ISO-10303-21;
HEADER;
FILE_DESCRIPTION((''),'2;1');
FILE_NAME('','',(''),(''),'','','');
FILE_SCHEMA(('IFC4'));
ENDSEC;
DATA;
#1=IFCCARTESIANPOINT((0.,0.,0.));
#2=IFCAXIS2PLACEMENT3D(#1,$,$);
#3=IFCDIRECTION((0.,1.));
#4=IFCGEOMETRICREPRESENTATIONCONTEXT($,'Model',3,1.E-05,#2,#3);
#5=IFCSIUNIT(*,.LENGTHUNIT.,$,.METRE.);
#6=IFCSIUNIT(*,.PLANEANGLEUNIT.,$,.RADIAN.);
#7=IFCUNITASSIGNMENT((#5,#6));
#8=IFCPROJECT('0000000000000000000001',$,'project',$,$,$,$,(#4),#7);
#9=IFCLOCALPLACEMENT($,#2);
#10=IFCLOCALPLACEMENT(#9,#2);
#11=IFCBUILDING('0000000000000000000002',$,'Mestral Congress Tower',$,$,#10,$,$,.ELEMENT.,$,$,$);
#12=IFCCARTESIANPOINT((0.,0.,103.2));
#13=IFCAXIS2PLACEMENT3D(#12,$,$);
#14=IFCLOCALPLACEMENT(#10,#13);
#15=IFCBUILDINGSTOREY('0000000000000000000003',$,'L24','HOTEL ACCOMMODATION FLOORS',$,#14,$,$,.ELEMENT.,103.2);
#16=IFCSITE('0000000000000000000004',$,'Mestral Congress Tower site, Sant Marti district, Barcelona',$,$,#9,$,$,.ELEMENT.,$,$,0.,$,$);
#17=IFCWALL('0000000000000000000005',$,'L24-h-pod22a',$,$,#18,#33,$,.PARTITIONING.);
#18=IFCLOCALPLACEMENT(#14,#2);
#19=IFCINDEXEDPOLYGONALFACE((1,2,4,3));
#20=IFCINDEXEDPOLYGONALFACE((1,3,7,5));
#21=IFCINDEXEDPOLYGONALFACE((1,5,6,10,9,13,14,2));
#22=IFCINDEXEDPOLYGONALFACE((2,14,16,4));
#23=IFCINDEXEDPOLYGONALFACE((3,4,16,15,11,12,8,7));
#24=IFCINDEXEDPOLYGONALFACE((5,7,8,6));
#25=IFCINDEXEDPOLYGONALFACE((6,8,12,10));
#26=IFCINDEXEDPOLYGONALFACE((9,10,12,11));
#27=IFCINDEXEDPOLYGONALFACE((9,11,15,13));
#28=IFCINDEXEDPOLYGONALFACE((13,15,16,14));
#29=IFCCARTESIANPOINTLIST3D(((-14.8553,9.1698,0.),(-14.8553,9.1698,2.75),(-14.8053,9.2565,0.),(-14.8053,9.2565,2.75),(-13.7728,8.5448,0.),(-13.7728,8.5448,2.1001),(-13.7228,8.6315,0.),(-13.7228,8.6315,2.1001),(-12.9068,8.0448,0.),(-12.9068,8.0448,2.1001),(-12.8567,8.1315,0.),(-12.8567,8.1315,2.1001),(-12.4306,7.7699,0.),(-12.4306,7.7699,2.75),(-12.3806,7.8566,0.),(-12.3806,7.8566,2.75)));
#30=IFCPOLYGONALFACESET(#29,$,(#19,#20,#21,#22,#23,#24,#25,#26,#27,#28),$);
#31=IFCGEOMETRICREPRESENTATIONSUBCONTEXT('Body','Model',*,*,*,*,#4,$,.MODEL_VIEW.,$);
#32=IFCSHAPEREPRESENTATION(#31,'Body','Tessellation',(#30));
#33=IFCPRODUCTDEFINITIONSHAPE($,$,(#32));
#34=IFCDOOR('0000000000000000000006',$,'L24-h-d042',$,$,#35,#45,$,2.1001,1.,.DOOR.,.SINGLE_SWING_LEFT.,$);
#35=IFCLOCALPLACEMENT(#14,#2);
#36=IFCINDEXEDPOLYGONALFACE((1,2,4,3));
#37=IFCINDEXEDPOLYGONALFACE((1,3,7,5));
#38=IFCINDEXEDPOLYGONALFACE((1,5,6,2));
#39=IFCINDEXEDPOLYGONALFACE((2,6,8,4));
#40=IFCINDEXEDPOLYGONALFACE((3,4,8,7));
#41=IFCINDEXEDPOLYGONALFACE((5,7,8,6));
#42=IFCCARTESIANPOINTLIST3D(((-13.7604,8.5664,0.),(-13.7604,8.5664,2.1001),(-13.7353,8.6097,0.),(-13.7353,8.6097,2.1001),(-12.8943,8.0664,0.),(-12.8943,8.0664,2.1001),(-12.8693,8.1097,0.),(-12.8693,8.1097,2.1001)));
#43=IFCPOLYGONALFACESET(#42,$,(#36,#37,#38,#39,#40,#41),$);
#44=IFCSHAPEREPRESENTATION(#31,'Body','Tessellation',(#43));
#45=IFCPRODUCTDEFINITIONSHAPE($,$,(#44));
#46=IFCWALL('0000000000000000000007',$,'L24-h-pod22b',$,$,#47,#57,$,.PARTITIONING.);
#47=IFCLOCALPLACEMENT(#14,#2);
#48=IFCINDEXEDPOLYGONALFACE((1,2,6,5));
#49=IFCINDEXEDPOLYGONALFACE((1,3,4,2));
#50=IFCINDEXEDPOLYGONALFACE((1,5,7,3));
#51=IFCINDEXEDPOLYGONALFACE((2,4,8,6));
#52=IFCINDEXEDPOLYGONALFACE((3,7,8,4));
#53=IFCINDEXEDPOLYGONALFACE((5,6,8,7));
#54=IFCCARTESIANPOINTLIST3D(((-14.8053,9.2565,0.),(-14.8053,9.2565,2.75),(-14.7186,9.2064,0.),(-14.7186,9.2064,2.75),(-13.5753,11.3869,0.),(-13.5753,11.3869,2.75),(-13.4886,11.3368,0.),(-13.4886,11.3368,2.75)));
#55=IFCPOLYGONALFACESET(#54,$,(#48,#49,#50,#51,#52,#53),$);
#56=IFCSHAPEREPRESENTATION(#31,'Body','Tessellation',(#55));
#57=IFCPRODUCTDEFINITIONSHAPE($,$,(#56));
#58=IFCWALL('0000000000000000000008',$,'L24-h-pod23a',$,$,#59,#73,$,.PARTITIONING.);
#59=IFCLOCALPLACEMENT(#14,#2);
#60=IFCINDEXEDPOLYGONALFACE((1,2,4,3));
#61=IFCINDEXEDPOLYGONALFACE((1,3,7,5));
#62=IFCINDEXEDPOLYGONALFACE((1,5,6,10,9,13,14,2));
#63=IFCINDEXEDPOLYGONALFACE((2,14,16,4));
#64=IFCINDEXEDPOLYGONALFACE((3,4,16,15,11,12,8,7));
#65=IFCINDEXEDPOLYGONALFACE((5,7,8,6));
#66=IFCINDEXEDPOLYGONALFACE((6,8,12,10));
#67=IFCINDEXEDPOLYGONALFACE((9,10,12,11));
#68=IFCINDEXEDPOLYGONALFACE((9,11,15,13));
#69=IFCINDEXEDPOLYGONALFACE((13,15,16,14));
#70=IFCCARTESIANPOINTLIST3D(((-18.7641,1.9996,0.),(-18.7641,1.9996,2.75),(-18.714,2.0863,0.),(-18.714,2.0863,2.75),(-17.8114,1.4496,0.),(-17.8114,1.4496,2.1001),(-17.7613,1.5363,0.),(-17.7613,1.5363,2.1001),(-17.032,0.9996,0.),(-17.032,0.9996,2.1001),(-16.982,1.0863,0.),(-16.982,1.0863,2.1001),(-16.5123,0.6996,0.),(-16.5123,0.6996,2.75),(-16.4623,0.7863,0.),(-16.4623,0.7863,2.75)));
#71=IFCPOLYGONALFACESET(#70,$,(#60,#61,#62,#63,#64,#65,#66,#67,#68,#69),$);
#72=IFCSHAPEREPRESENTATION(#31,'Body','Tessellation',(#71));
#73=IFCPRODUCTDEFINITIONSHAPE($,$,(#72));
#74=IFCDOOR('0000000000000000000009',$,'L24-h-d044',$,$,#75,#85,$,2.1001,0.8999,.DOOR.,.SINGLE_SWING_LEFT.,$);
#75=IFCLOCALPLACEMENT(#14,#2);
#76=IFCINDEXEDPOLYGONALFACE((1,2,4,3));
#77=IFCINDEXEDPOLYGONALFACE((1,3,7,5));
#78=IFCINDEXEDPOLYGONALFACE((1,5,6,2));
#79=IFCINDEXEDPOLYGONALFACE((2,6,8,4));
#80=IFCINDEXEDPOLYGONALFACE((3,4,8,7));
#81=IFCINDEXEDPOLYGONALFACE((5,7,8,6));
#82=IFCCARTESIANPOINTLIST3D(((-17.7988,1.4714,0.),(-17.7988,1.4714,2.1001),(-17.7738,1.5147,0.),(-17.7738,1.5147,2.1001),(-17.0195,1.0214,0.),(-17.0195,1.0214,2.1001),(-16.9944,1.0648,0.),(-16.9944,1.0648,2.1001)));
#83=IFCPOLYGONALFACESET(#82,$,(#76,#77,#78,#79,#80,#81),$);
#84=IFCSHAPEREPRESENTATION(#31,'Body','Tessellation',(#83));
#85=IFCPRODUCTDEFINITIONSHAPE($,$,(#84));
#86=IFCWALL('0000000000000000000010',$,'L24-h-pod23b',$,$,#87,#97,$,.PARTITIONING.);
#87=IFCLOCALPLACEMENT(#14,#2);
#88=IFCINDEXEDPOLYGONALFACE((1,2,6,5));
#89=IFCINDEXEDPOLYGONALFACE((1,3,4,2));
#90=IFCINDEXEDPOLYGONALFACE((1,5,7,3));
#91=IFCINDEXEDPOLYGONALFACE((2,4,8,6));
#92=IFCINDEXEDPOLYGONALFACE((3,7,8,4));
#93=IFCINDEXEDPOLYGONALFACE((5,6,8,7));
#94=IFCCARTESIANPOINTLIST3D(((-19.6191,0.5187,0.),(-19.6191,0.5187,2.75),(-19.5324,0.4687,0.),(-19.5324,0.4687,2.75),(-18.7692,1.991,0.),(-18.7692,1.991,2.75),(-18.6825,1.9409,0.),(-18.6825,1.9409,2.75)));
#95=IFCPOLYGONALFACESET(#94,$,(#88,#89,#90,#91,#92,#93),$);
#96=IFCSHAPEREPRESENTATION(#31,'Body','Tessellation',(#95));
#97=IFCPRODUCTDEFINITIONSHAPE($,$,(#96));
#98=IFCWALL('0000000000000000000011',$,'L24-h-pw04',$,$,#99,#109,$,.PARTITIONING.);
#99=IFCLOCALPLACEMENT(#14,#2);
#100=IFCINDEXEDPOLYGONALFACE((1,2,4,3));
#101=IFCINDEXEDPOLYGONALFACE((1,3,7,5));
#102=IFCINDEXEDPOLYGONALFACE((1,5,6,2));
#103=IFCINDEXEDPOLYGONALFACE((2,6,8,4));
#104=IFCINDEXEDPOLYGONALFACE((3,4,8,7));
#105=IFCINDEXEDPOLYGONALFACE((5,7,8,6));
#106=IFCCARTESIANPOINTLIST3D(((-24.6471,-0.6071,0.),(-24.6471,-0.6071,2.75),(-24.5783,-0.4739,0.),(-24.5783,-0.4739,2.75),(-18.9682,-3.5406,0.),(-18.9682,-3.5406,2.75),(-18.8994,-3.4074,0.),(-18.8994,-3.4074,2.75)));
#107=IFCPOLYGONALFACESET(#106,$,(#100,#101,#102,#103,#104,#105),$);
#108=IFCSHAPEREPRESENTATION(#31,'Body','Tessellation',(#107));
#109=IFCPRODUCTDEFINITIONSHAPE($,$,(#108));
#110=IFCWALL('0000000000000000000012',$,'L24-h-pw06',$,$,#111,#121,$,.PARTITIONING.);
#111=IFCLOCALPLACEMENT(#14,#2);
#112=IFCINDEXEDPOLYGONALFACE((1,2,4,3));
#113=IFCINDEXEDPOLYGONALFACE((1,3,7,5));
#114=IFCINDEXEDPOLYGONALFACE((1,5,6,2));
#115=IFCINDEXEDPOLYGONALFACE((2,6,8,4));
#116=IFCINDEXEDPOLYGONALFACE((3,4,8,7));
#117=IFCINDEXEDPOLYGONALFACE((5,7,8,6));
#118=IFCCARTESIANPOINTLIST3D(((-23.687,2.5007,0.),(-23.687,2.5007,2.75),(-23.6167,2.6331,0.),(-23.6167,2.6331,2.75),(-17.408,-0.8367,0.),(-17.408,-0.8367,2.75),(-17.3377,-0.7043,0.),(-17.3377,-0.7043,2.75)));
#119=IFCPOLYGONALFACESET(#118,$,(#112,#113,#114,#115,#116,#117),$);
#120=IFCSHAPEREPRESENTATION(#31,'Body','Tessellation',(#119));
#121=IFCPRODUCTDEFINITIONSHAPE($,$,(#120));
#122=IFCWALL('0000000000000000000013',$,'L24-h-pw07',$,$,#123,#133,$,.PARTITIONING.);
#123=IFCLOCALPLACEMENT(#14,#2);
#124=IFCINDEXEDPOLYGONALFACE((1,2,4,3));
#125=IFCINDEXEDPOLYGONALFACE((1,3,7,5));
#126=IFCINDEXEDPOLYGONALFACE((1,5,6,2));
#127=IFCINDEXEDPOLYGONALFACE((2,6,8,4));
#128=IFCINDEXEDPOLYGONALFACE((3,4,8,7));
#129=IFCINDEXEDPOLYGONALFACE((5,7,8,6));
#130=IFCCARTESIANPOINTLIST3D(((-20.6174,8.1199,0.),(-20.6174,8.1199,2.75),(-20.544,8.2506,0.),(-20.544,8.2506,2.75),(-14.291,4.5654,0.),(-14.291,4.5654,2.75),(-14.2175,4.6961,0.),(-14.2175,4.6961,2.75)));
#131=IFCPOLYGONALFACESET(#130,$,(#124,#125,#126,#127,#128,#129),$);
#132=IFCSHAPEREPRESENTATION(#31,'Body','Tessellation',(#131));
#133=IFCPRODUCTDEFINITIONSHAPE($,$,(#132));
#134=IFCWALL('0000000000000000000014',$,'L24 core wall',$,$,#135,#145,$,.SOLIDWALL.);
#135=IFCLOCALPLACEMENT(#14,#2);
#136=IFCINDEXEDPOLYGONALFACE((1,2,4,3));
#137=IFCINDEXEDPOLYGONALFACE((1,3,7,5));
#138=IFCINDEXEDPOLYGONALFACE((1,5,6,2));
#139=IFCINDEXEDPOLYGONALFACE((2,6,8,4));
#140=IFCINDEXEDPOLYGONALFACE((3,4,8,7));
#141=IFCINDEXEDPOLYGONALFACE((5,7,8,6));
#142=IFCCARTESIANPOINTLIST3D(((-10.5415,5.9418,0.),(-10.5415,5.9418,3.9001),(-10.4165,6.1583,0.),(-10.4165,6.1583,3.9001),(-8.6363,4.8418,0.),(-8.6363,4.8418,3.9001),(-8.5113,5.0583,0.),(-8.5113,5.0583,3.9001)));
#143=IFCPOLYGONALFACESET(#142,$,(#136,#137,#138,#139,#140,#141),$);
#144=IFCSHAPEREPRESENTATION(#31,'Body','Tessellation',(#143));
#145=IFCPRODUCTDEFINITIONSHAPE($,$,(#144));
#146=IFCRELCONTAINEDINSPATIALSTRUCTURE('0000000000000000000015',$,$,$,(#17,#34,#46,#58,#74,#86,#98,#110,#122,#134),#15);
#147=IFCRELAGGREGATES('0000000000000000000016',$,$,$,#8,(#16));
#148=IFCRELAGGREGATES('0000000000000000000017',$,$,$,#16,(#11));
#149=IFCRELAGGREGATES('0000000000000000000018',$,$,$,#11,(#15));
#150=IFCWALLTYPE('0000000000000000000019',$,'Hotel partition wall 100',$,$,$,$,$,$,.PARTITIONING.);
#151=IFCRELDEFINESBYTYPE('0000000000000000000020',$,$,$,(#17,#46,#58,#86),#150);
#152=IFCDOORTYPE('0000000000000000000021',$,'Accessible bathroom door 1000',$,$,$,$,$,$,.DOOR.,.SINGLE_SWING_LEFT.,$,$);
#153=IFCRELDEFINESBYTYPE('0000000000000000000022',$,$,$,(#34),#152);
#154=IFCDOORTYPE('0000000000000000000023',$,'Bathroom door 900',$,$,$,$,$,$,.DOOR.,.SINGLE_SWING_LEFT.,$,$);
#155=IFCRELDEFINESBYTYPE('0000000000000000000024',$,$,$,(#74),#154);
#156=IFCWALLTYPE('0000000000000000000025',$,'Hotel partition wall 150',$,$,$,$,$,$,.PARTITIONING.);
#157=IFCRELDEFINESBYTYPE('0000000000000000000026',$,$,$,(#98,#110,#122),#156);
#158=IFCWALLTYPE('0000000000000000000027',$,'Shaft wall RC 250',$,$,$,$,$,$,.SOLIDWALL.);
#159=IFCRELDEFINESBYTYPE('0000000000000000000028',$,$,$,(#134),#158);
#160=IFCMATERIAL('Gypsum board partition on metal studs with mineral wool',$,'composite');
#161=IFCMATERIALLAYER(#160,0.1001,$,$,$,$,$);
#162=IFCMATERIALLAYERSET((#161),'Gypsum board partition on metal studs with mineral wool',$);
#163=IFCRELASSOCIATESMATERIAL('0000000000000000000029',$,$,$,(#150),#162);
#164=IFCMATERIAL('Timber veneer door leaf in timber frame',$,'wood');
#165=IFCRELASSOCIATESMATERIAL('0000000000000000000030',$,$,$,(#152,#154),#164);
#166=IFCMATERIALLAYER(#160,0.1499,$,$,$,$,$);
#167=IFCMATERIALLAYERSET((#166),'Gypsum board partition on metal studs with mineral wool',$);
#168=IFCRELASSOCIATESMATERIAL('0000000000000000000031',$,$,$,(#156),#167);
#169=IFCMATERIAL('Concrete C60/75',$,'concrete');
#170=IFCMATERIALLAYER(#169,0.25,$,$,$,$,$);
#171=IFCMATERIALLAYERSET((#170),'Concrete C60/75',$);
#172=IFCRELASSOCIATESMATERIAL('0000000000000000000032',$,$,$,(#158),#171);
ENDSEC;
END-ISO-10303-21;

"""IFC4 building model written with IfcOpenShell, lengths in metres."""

from ifc_helpers import new_model, si_unit, direction, frame, frame_2d, origin, place, context, subcontext, project, spatial, rectangle, extrude, material, layer, layer_set, type_object, element, fill, save


model = new_model("IFC4")

# Units and contexts
model_context = context("Model", 3, precision=1e-05, world=origin(), true_north=direction((0.0, 1.0)))
body_context = subcontext(model_context, "Body", "Model", "MODEL_VIEW")
ifc_project = project(units=[si_unit("LENGTHUNIT", "METRE"), si_unit("PLANEANGLEUNIT", "RADIAN")], contexts=[model_context])

# Site, building, storey
site_placement = place(None, origin())
site = spatial("IfcSite", under=ifc_project, at=site_placement, Name="Mestral Congress Tower site, Sant Marti district, Barcelona", CompositionType="ELEMENT", RefElevation=0.0)
building_placement = place(site_placement, origin())
building = spatial("IfcBuilding", under=site, at=building_placement, Name="Mestral Congress Tower", CompositionType="ELEMENT")
storey_placement = place(building_placement, frame((0.0, 0.0, 103.2)))
storey = spatial("IfcBuildingStorey", under=building, at=storey_placement, Name="L24", Description="HOTEL ACCOMMODATION FLOORS", CompositionType="ELEMENT", Elevation=103.2)

# Shared definitions
ifc_material_1 = material(Name="Concrete C60/75", Category="concrete")

# Wall, opening, door
ifc_material_2 = material(Name="Gypsum board partition on metal studs with mineral wool", Category="composite")
ifc_layer_1 = layer(ifc_material_2, 0.1001)
ifc_layer_set_1 = layer_set([ifc_layer_1], Name="Gypsum board partition on metal studs with mineral wool")
wall_type_1 = type_object("IfcWallType", Name="Hotel partition wall 100", PredefinedType="PARTITIONING", material=ifc_layer_set_1)
wall_1_placement = place(storey_placement, frame((-14.8303, 9.2131, 0.0), z_axis=(0.0, 0.0, 1.0), x_axis=(0.866035, -0.499984, 0.0)))
wall_1 = element("IfcWall", 1, at=wall_1_placement, inside=storey, type_object=wall_type_1, Name="L24-h-pod22a", PredefinedType="PARTITIONING", context=body_context, shape_type="SweptSolid", body=[
    extrude(rectangle(XDim=2.7998, YDim=0.1001, at=frame_2d((1.3999, 0.0))), origin(), (0.0, 0.0, 1.0), 2.75),
])
opening_1_placement = place(wall_1_placement, frame((1.25, 0.0, 0.0)))
opening_1 = element("IfcOpeningElement", 2, at=opening_1_placement, cuts=wall_1, PredefinedType="OPENING", context=body_context, shape_type="SweptSolid", body=[
    extrude(rectangle(XDim=1.0, YDim=2.1001, at=frame_2d((0.5, 1.05))), frame((0.0, 0.0601, 0.0), z_axis=(0.0, -1.0, 0.0), x_axis=(1.0, 0.0, 0.0)), (0.0, 0.0, 1.0), 0.1201),
])
ifc_material_3 = material(Name="Timber veneer door leaf in timber frame", Category="wood")
door_type_1 = type_object("IfcDoorType", Name="Accessible bathroom door 1000", OperationType="SINGLE_SWING_LEFT", PredefinedType="DOOR", material=ifc_material_3)
door_1_placement = place(opening_1_placement, origin())
door_1 = element("IfcDoor", 3, at=door_1_placement, inside=storey, type_object=door_type_1, Name="L24-h-d042", OperationType="SINGLE_SWING_LEFT", OverallHeight=2.1001, OverallWidth=1.0, PredefinedType="DOOR", context=body_context, shape_type="SweptSolid", body=[
    extrude(rectangle(XDim=1.0, YDim=2.1001, at=frame_2d((0.5, 1.05))), frame((0.0, 0.0249, 0.0), z_axis=(0.0, -1.0, 0.0), x_axis=(1.0, 0.0, 0.0)), (0.0, 0.0, 1.0), 0.05),
])
fill(opening_1, door_1)

# Wall
wall_2_placement = place(storey_placement, frame((-14.762, 9.2314, 0.0), z_axis=(0.0, 0.0, 1.0), x_axis=(0.500003, 0.866024, 0.0)))
element("IfcWall", 4, at=wall_2_placement, inside=storey, type_object=wall_type_1, Name="L24-h-pod22b", PredefinedType="PARTITIONING", context=body_context, shape_type="SweptSolid", body=[
    extrude(rectangle(XDim=2.46, YDim=0.1001, at=frame_2d((1.23, 0.0))), origin(), (0.0, 0.0, 1.0), 2.75),
])

# Wall, opening, door
wall_3_placement = place(storey_placement, frame((-16.4873, 0.7429, 0.0), z_axis=(0.0, 0.0, 1.0), x_axis=(-0.866021, 0.500007, 0.0)))
wall_3 = element("IfcWall", 5, at=wall_3_placement, inside=storey, type_object=wall_type_1, Name="L24-h-pod23a", PredefinedType="PARTITIONING", context=body_context, shape_type="SweptSolid", body=[
    extrude(rectangle(XDim=2.6001, YDim=0.1001, at=frame_2d((1.3, 0.0))), origin(), (0.0, 0.0, 1.0), 2.75),
])
opening_2_placement = place(wall_3_placement, frame((0.6001, 0.0, 0.0)))
opening_2 = element("IfcOpeningElement", 6, at=opening_2_placement, cuts=wall_3, PredefinedType="OPENING", context=body_context, shape_type="SweptSolid", body=[
    extrude(rectangle(XDim=0.8999, YDim=2.1001, at=frame_2d((0.45, 1.05))), frame((0.0, 0.0601, 0.0), z_axis=(0.0, -1.0, 0.0), x_axis=(1.0, 0.0, 0.0)), (0.0, 0.0, 1.0), 0.1201),
])
door_type_2 = type_object("IfcDoorType", Name="Bathroom door 900", OperationType="SINGLE_SWING_LEFT", PredefinedType="DOOR", material=ifc_material_3)
door_2_placement = place(opening_2_placement, origin())
door_2 = element("IfcDoor", 7, at=door_2_placement, inside=storey, type_object=door_type_2, Name="L24-h-d044", OperationType="SINGLE_SWING_LEFT", OverallHeight=2.1001, OverallWidth=0.8999, PredefinedType="DOOR", context=body_context, shape_type="SweptSolid", body=[
    extrude(rectangle(XDim=0.8999, YDim=2.1001, at=frame_2d((0.45, 1.05))), frame((0.0, 0.0249, 0.0), z_axis=(0.0, -1.0, 0.0), x_axis=(1.0, 0.0, 0.0)), (0.0, 0.0, 1.0), 0.05),
])
fill(opening_2, door_2)

# Walls
wall_4_placement = place(storey_placement, frame((-18.7258, 1.9661, 0.0), z_axis=(0.0, 0.0, 1.0), x_axis=(-0.499955, -0.866052, 0.0)))
element("IfcWall", 8, at=wall_4_placement, inside=storey, type_object=wall_type_1, Name="L24-h-pod23b", PredefinedType="PARTITIONING", context=body_context, shape_type="SweptSolid", body=[
    extrude(rectangle(XDim=1.7, YDim=0.1001, at=frame_2d((0.8501, 0.0))), origin(), (0.0, 0.0, 1.0), 2.75),
])
ifc_layer_2 = layer(ifc_material_2, 0.1499)
ifc_layer_set_2 = layer_set([ifc_layer_2], Name="Gypsum board partition on metal studs with mineral wool")
wall_type_2 = type_object("IfcWallType", Name="Hotel partition wall 150", PredefinedType="PARTITIONING", material=ifc_layer_set_2)
wall_5_placement = place(storey_placement, frame((-24.6125, -0.5405, 0.0), z_axis=(0.0, 0.0, 1.0), x_axis=(0.88846, -0.458954, 0.0)))
element("IfcWall", 9, at=wall_5_placement, inside=storey, type_object=wall_type_2, Name="L24-h-pw04", PredefinedType="PARTITIONING", context=body_context, shape_type="SweptSolid", body=[
    extrude(rectangle(XDim=6.3918, YDim=0.1499, at=frame_2d((3.1958, 0.0))), origin(), (0.0, 0.0, 1.0), 2.75),
])
wall_6_placement = place(storey_placement, frame((-23.6519, 2.5669, 0.0), z_axis=(0.0, 0.0, 1.0), x_axis=(0.883019, -0.469337, 0.0)))
element("IfcWall", 10, at=wall_6_placement, inside=storey, type_object=wall_type_2, Name="L24-h-pw06", PredefinedType="PARTITIONING", context=body_context, shape_type="SweptSolid", body=[
    extrude(rectangle(XDim=7.1108, YDim=0.1499, at=frame_2d((3.5554, 0.0))), origin(), (0.0, 0.0, 1.0), 2.75),
])
wall_7_placement = place(storey_placement, frame((-20.5808, 8.1853, 0.0), z_axis=(0.0, 0.0, 1.0), x_axis=(0.871821, -0.489825, 0.0)))
element("IfcWall", 11, at=wall_7_placement, inside=storey, type_object=wall_type_2, Name="L24-h-pw07", PredefinedType="PARTITIONING", context=body_context, shape_type="SweptSolid", body=[
    extrude(rectangle(XDim=7.2566, YDim=0.1499, at=frame_2d((3.6284, 0.0))), origin(), (0.0, 0.0, 1.0), 2.75),
])
ifc_layer_3 = layer(ifc_material_1, 0.25)
ifc_layer_set_3 = layer_set([ifc_layer_3], Name="Concrete C60/75")
wall_type_3 = type_object("IfcWallType", Name="Shaft wall RC 250", PredefinedType="SOLIDWALL", material=ifc_layer_set_3)
wall_8_placement = place(storey_placement, frame((-8.5737, 4.95, 0.0), z_axis=(0.0, 0.0, 1.0), x_axis=(-0.866008, 0.50003, 0.0)))
element("IfcWall", 12, at=wall_8_placement, inside=storey, type_object=wall_type_3, Name="L24 core wall", PredefinedType="SOLIDWALL", context=body_context, shape_type="SweptSolid", body=[
    extrude(rectangle(XDim=2.2, YDim=0.25, at=frame_2d((1.1001, 0.0))), origin(), (0.0, 0.0, 1.0), 3.9001),
])

save(model, "model.ifc")
